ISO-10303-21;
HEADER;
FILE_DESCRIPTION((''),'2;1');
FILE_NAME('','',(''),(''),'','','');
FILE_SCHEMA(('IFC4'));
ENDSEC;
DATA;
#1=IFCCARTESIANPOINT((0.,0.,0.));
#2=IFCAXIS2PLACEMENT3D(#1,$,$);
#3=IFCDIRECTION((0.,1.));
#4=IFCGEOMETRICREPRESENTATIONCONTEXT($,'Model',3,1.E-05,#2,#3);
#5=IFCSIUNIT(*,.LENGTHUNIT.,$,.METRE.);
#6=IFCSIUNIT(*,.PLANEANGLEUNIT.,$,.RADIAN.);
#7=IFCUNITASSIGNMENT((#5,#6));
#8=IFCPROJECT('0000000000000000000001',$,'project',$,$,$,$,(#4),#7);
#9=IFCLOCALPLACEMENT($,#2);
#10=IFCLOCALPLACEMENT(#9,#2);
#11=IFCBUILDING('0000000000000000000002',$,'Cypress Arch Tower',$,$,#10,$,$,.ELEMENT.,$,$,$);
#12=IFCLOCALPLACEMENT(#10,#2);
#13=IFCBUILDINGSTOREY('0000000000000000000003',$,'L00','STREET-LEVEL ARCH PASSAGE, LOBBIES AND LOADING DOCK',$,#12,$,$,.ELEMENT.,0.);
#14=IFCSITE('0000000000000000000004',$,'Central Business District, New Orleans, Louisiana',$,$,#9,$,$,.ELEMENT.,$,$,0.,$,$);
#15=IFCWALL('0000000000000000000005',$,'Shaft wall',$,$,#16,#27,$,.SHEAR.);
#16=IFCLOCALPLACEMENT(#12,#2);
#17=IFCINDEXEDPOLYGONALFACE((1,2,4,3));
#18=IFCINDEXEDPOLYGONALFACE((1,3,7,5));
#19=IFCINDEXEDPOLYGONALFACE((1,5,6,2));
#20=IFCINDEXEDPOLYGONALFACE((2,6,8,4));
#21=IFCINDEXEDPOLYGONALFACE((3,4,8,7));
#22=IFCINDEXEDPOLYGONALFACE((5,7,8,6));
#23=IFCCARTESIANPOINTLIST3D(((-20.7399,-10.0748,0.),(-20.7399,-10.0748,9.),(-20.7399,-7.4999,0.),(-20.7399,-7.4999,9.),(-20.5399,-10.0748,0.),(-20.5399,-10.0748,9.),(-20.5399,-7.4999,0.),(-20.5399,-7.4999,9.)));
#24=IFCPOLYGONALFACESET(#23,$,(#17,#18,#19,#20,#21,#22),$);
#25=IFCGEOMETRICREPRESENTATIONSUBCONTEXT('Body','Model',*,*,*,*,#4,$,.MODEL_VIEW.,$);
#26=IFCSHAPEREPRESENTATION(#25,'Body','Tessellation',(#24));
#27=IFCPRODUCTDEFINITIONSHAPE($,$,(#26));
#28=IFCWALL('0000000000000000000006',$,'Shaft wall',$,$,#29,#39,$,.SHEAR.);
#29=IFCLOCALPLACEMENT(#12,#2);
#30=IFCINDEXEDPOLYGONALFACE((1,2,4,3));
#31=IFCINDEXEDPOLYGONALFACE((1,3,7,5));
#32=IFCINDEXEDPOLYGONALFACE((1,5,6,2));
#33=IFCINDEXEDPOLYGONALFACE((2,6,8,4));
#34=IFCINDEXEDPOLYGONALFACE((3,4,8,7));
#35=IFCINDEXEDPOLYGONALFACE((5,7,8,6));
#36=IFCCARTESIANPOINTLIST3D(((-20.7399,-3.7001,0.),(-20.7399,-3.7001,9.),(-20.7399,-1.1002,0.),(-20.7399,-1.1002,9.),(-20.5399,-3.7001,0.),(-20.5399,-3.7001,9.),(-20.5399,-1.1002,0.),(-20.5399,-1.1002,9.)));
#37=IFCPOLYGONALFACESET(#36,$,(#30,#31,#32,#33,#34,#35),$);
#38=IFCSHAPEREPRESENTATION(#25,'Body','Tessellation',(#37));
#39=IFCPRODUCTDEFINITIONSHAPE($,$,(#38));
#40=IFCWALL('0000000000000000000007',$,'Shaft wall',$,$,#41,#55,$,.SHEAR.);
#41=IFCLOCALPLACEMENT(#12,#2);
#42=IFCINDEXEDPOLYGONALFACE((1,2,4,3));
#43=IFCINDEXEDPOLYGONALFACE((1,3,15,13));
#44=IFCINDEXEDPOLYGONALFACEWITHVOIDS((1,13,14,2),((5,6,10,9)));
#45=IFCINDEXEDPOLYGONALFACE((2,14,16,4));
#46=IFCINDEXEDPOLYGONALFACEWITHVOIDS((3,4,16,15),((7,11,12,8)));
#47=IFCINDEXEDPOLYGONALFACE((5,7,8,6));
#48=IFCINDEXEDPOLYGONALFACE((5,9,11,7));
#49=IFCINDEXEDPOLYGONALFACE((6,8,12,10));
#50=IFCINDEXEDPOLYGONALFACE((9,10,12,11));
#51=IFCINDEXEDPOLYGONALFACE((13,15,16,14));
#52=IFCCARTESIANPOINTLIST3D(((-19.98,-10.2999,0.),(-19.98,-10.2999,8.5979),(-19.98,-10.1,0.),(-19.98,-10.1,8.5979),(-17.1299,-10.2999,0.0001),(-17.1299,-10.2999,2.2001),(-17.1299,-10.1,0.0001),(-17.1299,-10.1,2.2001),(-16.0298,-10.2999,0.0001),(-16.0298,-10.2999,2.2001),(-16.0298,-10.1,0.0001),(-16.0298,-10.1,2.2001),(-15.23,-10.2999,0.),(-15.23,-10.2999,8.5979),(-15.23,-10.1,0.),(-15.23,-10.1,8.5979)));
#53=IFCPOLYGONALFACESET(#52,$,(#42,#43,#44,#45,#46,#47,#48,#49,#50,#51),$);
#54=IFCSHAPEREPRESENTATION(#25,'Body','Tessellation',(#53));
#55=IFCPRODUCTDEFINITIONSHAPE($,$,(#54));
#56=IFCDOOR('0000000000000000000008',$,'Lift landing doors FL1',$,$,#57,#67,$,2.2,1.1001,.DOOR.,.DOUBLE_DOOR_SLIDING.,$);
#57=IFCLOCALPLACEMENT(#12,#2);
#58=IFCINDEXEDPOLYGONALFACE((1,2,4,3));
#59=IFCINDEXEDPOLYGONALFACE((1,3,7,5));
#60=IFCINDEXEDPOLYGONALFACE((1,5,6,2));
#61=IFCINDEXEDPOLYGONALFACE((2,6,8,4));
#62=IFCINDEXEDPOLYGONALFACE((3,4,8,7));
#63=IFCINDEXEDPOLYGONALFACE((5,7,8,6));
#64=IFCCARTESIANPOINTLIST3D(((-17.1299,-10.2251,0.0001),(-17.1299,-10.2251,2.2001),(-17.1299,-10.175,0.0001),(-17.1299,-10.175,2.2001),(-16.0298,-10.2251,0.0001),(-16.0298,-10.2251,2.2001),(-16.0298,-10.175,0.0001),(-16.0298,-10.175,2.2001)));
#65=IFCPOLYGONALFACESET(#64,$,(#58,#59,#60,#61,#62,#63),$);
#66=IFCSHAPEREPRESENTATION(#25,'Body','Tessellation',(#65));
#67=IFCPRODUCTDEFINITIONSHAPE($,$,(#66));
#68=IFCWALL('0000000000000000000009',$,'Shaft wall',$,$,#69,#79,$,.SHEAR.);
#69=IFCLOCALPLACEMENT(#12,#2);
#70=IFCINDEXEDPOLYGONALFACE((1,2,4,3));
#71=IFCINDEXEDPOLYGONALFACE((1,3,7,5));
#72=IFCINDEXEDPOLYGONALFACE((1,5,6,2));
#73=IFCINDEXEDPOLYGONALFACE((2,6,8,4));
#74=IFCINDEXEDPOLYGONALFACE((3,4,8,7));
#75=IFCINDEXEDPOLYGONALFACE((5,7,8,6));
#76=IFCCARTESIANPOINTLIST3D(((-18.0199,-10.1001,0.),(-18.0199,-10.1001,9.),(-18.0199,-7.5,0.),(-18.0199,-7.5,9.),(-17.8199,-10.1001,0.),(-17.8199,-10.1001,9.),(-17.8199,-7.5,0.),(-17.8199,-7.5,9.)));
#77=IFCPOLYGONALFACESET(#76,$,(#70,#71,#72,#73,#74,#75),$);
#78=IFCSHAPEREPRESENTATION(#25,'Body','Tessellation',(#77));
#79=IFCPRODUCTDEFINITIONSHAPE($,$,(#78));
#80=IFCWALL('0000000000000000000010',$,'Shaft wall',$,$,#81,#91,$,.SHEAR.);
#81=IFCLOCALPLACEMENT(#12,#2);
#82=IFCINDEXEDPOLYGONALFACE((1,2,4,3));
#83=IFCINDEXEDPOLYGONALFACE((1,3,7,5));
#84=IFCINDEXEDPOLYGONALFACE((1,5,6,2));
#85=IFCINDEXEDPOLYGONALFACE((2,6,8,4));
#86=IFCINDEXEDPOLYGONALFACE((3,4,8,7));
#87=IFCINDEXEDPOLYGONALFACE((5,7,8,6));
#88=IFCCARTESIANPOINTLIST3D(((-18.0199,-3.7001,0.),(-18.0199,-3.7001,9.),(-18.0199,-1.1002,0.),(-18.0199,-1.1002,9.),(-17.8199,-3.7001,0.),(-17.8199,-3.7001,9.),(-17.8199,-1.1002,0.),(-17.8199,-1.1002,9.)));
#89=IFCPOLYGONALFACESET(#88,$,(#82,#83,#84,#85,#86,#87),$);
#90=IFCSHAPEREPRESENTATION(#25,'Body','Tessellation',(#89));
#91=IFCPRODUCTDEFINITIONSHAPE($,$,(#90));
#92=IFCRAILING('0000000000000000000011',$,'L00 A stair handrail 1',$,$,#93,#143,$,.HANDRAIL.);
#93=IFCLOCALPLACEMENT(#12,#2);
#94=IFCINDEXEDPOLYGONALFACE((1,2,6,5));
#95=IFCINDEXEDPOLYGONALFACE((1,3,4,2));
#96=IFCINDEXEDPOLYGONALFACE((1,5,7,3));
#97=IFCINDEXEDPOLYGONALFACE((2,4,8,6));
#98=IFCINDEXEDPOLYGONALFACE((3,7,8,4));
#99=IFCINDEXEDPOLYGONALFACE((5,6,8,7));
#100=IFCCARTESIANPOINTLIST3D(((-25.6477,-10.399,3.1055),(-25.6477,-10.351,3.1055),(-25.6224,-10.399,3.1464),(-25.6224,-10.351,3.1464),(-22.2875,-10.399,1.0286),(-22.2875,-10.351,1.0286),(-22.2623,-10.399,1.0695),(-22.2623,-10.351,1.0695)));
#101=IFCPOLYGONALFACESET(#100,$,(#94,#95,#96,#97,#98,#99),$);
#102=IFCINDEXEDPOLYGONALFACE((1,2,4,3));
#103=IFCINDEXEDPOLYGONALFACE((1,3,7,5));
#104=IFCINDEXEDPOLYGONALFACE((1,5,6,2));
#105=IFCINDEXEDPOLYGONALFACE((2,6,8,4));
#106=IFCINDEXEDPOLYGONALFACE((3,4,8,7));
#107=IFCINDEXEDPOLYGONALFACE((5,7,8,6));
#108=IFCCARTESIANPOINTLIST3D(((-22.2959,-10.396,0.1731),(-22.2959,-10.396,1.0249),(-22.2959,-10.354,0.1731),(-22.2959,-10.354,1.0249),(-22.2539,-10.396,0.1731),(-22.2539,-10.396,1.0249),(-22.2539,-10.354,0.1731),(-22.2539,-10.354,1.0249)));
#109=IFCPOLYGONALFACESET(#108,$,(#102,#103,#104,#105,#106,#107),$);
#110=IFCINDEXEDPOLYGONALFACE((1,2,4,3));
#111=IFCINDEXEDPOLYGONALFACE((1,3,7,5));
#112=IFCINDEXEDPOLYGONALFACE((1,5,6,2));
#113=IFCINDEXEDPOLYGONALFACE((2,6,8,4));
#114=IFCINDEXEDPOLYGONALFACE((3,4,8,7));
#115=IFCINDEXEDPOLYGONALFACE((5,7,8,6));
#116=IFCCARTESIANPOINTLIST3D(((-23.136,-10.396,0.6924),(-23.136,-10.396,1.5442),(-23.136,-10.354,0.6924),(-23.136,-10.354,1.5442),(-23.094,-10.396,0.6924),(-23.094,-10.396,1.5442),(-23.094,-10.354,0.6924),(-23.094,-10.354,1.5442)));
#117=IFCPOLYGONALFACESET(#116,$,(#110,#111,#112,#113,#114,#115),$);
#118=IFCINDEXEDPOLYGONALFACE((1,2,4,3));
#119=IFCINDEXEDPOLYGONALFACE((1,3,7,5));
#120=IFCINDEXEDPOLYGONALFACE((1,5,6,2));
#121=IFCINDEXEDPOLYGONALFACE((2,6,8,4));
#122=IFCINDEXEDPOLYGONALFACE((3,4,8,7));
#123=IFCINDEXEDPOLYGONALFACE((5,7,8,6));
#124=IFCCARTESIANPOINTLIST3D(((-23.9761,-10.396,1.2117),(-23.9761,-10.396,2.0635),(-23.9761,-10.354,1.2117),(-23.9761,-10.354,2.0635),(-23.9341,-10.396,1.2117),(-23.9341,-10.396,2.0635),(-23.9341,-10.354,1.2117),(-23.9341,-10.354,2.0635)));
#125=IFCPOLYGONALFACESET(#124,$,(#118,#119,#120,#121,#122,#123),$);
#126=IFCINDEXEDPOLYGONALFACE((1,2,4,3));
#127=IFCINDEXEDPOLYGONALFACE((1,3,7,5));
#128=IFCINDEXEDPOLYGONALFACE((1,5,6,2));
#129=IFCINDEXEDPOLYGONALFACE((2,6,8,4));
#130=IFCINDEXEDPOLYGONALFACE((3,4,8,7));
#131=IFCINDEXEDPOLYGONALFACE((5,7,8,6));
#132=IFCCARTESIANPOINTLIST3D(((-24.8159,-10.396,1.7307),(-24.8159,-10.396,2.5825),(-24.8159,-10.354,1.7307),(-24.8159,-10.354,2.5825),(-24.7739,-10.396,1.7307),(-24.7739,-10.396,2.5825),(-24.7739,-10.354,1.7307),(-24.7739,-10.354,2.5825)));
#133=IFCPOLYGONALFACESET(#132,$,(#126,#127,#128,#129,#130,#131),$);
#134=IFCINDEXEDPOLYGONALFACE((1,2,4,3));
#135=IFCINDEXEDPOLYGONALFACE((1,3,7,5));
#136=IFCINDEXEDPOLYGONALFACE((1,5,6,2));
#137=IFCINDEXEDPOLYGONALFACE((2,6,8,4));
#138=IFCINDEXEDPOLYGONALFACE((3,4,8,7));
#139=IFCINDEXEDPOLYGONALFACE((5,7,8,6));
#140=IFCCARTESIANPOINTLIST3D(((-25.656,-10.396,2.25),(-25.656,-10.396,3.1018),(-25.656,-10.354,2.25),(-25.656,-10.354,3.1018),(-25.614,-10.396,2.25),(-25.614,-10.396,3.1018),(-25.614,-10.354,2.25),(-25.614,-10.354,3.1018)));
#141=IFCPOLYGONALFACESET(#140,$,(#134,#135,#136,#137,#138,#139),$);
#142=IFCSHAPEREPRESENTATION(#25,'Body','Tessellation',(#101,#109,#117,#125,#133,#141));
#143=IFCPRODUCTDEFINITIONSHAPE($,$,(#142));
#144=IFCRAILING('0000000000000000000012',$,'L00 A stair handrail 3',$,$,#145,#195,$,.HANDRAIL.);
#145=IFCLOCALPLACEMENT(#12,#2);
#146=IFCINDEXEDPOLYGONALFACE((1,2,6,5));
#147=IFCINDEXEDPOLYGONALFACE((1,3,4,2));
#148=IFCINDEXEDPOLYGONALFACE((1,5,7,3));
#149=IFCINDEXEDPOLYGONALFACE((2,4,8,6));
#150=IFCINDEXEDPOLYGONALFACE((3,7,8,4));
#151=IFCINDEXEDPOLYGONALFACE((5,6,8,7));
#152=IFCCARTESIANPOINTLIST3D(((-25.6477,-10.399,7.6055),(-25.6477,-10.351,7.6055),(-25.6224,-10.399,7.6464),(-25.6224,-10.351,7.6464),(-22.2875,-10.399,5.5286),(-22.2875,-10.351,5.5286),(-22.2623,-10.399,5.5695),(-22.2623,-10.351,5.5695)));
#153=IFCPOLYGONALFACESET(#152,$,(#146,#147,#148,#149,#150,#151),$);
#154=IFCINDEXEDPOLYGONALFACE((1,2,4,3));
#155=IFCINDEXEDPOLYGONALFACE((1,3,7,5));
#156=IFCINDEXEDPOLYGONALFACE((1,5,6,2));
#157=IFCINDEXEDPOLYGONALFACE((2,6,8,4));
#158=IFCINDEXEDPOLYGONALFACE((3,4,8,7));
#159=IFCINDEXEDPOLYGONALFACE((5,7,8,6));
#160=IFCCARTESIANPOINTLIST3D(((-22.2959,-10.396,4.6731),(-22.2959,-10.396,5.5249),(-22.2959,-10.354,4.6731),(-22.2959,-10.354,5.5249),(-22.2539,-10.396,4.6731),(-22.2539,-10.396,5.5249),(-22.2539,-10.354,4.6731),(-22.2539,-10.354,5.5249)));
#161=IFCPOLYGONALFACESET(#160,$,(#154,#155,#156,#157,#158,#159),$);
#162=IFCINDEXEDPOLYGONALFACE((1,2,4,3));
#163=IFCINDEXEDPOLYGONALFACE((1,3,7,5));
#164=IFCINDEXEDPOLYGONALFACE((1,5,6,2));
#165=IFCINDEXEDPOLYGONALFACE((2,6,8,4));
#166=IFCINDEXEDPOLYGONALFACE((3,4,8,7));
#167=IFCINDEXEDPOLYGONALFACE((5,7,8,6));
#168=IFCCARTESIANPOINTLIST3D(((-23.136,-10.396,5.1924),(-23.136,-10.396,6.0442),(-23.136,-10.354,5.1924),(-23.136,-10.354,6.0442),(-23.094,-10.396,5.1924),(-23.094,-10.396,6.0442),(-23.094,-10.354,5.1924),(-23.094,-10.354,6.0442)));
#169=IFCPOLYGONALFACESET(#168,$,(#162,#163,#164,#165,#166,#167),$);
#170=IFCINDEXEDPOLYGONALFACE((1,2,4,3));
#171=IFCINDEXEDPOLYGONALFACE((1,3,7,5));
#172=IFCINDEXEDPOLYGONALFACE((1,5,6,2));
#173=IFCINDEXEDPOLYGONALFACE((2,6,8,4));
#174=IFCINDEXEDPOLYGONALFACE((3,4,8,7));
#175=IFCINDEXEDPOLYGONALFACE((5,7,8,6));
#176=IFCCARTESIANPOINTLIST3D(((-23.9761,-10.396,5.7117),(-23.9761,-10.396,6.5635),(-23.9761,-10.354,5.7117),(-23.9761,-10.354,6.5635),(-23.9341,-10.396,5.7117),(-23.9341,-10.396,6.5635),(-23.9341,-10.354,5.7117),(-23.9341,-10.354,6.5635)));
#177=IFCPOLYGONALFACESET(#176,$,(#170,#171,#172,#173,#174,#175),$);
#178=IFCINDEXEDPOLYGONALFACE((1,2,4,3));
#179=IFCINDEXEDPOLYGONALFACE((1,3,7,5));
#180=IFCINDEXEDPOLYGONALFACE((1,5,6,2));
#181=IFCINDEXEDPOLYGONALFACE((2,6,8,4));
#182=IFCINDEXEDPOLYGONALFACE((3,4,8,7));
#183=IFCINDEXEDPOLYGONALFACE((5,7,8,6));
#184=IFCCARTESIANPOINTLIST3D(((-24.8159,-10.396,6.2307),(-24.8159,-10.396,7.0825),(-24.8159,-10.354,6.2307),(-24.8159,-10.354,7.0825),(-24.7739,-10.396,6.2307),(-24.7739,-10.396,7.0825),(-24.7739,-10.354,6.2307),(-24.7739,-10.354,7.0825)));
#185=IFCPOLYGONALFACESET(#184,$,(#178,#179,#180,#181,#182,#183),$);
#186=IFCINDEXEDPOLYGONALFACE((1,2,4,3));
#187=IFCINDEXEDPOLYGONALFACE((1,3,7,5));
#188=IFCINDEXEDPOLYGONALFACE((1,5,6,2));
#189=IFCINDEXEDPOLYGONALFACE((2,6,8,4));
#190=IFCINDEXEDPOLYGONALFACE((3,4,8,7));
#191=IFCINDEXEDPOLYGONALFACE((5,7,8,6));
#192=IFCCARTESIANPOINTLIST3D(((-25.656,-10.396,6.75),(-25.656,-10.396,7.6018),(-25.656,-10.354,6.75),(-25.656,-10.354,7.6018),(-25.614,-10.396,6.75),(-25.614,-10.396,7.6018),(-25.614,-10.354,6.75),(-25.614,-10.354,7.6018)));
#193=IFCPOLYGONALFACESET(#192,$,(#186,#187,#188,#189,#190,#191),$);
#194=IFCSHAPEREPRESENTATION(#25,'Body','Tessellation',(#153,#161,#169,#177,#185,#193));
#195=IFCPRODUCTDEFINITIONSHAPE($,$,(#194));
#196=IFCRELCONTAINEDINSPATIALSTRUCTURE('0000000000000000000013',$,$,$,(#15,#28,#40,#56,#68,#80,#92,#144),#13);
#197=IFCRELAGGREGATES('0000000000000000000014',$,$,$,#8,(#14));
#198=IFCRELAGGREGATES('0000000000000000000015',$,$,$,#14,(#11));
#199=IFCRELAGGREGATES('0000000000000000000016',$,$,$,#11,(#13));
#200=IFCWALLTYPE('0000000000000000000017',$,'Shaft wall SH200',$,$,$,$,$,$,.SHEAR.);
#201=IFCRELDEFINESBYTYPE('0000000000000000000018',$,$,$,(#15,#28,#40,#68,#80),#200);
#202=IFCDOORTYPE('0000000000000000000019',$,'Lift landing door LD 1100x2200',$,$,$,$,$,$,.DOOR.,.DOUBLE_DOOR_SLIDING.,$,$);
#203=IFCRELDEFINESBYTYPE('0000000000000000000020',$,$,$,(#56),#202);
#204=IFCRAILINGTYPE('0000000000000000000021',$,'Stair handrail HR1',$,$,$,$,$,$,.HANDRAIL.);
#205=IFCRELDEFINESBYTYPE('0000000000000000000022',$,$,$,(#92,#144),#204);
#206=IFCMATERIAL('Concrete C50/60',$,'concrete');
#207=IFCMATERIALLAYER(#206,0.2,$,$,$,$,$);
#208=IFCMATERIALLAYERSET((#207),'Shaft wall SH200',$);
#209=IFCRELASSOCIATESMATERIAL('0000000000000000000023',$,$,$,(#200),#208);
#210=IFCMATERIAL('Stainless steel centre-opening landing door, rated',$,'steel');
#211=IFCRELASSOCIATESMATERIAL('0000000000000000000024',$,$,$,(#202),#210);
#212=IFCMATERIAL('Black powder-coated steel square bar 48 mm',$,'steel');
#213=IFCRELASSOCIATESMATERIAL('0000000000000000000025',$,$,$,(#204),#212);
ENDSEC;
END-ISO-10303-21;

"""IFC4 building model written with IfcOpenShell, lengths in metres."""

from ifc_helpers import new_model, si_unit, direction, frame, frame_2d, origin, origin_2d, place, context, subcontext, project, spatial, rectangle, extrude, material, layer, layer_set, type_object, element, fill, save


model = new_model("IFC4")

# Units and contexts
model_context = context("Model", 3, precision=1e-05, world=origin(), true_north=direction((0.0, 1.0)))
body_context = subcontext(model_context, "Body", "Model", "MODEL_VIEW")
ifc_project = project(units=[si_unit("LENGTHUNIT", "METRE"), si_unit("PLANEANGLEUNIT", "RADIAN")], contexts=[model_context])

# Site, building, storey
site_placement = place(None, origin())
site = spatial("IfcSite", under=ifc_project, at=site_placement, Name="Central Business District, New Orleans, Louisiana", CompositionType="ELEMENT", RefElevation=0.0)
building_placement = place(site_placement, origin())
building = spatial("IfcBuilding", under=site, at=building_placement, Name="Cypress Arch Tower", CompositionType="ELEMENT")
storey_placement = place(building_placement, origin())
storey = spatial("IfcBuildingStorey", under=building, at=storey_placement, Name="L00", Description="STREET-LEVEL ARCH PASSAGE, LOBBIES AND LOADING DOCK", CompositionType="ELEMENT", Elevation=0.0)

# Walls
ifc_material_1 = material(Name="Concrete C50/60", Category="concrete")
ifc_layer_1 = layer(ifc_material_1, 0.2)
ifc_layer_set_1 = layer_set([ifc_layer_1], Name="Shaft wall SH200")
wall_type_1 = type_object("IfcWallType", Name="Shaft wall SH200", PredefinedType="SHEAR", material=ifc_layer_set_1)
wall_1_placement = place(storey_placement, frame((-20.6399, -10.075, 0.0), z_axis=(0.0, 0.0, 1.0), x_axis=(0.0, 1.0, 0.0)))
element("IfcWall", 1, at=wall_1_placement, inside=storey, type_object=wall_type_1, Name="Shaft wall", PredefinedType="SHEAR", context=body_context, shape_type="SweptSolid", body=[
    extrude(rectangle(XDim=2.575, YDim=0.2, at=frame_2d((1.2876, 0.0))), origin(), (0.0, 0.0, 1.0), 9.0),
])
wall_2_placement = place(storey_placement, frame((-20.6399, -3.7, 0.0), z_axis=(0.0, 0.0, 1.0), x_axis=(0.0, 1.0, 0.0)))
element("IfcWall", 2, at=wall_2_placement, inside=storey, type_object=wall_type_1, Name="Shaft wall", PredefinedType="SHEAR", context=body_context, shape_type="SweptSolid", body=[
    extrude(rectangle(XDim=2.5999, YDim=0.2, at=frame_2d((1.2998, 0.0))), origin(), (0.0, 0.0, 1.0), 9.0),
])

# Wall, opening, door
wall_3_placement = place(storey_placement, frame((-19.98, -10.2, 0.0), z_axis=(0.0, 0.0, 1.0), x_axis=(1.0, 0.0, 0.0)))
wall_3 = element("IfcWall", 3, at=wall_3_placement, inside=storey, type_object=wall_type_1, Name="Shaft wall", PredefinedType="SHEAR", context=body_context, shape_type="SweptSolid", body=[
    extrude(rectangle(XDim=4.75, YDim=0.2, at=frame_2d((2.375, 0.0))), origin(), (0.0, 0.0, 1.0), 8.5979),
])
opening_1_placement = place(wall_3_placement, frame((2.8501, 0.0, 0.0)))
opening_1 = element("IfcOpeningElement", 4, at=opening_1_placement, cuts=wall_3, PredefinedType="OPENING", context=body_context, shape_type="SweptSolid", body=[
    extrude(rectangle(XDim=1.1001, YDim=2.2, at=frame_2d((0.55, 1.1001))), frame((0.0, 0.1099, 0.0), z_axis=(0.0, -1.0, 0.0), x_axis=(1.0, 0.0, 0.0)), (0.0, 0.0, 1.0), 0.22),
])
ifc_material_2 = material(Name="Stainless steel centre-opening landing door, rated", Category="steel")
door_type_1 = type_object("IfcDoorType", Name="Lift landing door LD 1100x2200", OperationType="DOUBLE_DOOR_SLIDING", PredefinedType="DOOR", material=ifc_material_2)
door_1_placement = place(opening_1_placement, origin())
door_1 = element("IfcDoor", 5, at=door_1_placement, inside=storey, type_object=door_type_1, Name="Lift landing doors FL1", OperationType="DOUBLE_DOOR_SLIDING", OverallHeight=2.2, OverallWidth=1.1001, PredefinedType="DOOR", context=body_context, shape_type="SweptSolid", body=[
    extrude(rectangle(XDim=1.1001, YDim=2.2, at=frame_2d((0.55, 1.1001))), frame((0.0, 0.0249, 0.0), z_axis=(0.0, -1.0, 0.0), x_axis=(1.0, 0.0, 0.0)), (0.0, 0.0, 1.0), 0.05),
])
fill(opening_1, door_1)

# Walls
wall_4_placement = place(storey_placement, frame((-17.9199, -10.1001, 0.0), z_axis=(0.0, 0.0, 1.0), x_axis=(0.0, 1.0, 0.0)))
element("IfcWall", 6, at=wall_4_placement, inside=storey, type_object=wall_type_1, Name="Shaft wall", PredefinedType="SHEAR", context=body_context, shape_type="SweptSolid", body=[
    extrude(rectangle(XDim=2.6001, YDim=0.2, at=frame_2d((1.3, 0.0))), origin(), (0.0, 0.0, 1.0), 9.0),
])
wall_5_placement = place(storey_placement, frame((-17.9199, -3.7, 0.0), z_axis=(0.0, 0.0, 1.0), x_axis=(0.0, 1.0, 0.0)))
element("IfcWall", 7, at=wall_5_placement, inside=storey, type_object=wall_type_1, Name="Shaft wall", PredefinedType="SHEAR", context=body_context, shape_type="SweptSolid", body=[
    extrude(rectangle(XDim=2.5999, YDim=0.2, at=frame_2d((1.2998, 0.0))), origin(), (0.0, 0.0, 1.0), 9.0),
])

# Railings
ifc_material_3 = material(Name="Black powder-coated steel square bar 48 mm", Category="steel")
railing_type_1 = type_object("IfcRailingType", Name="Stair handrail HR1", PredefinedType="HANDRAIL", material=ifc_material_3)
for number, where, name in (
    (8, (-22.2749, -10.375, 0.1731), "L00 A stair handrail 1"),
    (9, (-22.2749, -10.375, 4.6731), "L00 A stair handrail 3"),
):
    element("IfcRailing", number, at=place(storey_placement, frame(where)), inside=storey, type_object=railing_type_1, Name=name, PredefinedType="HANDRAIL", context=body_context, shape_type="SweptSolid", body=[
        extrude(rectangle(XDim=0.0481, YDim=0.0481, at=origin_2d()), frame((0.0, 0.0, 0.876), z_axis=(-0.850623, 0.0, 0.525776), x_axis=(0.0, -1.0, 0.0)), (0.0, 0.0, 1.0), 3.9502),
        extrude(rectangle(XDim=0.042, YDim=0.042, at=origin_2d()), origin(), (0.0, 0.0, 1.0), 0.8518),
        extrude(rectangle(XDim=0.042, YDim=0.042, at=origin_2d()), frame((-0.8401, 0.0, 0.5193)), (0.0, 0.0, 1.0), 0.8518),
        extrude(rectangle(XDim=0.042, YDim=0.042, at=origin_2d()), frame((-1.6802, 0.0, 1.0386)), (0.0, 0.0, 1.0), 0.8518),
        extrude(rectangle(XDim=0.042, YDim=0.042, at=origin_2d()), frame((-2.52, 0.0, 1.5576)), (0.0, 0.0, 1.0), 0.8518),
        extrude(rectangle(XDim=0.042, YDim=0.042, at=origin_2d()), frame((-3.3601, 0.0, 2.0769)), (0.0, 0.0, 1.0), 0.8518),
    ])

save(model, "model.ifc")
